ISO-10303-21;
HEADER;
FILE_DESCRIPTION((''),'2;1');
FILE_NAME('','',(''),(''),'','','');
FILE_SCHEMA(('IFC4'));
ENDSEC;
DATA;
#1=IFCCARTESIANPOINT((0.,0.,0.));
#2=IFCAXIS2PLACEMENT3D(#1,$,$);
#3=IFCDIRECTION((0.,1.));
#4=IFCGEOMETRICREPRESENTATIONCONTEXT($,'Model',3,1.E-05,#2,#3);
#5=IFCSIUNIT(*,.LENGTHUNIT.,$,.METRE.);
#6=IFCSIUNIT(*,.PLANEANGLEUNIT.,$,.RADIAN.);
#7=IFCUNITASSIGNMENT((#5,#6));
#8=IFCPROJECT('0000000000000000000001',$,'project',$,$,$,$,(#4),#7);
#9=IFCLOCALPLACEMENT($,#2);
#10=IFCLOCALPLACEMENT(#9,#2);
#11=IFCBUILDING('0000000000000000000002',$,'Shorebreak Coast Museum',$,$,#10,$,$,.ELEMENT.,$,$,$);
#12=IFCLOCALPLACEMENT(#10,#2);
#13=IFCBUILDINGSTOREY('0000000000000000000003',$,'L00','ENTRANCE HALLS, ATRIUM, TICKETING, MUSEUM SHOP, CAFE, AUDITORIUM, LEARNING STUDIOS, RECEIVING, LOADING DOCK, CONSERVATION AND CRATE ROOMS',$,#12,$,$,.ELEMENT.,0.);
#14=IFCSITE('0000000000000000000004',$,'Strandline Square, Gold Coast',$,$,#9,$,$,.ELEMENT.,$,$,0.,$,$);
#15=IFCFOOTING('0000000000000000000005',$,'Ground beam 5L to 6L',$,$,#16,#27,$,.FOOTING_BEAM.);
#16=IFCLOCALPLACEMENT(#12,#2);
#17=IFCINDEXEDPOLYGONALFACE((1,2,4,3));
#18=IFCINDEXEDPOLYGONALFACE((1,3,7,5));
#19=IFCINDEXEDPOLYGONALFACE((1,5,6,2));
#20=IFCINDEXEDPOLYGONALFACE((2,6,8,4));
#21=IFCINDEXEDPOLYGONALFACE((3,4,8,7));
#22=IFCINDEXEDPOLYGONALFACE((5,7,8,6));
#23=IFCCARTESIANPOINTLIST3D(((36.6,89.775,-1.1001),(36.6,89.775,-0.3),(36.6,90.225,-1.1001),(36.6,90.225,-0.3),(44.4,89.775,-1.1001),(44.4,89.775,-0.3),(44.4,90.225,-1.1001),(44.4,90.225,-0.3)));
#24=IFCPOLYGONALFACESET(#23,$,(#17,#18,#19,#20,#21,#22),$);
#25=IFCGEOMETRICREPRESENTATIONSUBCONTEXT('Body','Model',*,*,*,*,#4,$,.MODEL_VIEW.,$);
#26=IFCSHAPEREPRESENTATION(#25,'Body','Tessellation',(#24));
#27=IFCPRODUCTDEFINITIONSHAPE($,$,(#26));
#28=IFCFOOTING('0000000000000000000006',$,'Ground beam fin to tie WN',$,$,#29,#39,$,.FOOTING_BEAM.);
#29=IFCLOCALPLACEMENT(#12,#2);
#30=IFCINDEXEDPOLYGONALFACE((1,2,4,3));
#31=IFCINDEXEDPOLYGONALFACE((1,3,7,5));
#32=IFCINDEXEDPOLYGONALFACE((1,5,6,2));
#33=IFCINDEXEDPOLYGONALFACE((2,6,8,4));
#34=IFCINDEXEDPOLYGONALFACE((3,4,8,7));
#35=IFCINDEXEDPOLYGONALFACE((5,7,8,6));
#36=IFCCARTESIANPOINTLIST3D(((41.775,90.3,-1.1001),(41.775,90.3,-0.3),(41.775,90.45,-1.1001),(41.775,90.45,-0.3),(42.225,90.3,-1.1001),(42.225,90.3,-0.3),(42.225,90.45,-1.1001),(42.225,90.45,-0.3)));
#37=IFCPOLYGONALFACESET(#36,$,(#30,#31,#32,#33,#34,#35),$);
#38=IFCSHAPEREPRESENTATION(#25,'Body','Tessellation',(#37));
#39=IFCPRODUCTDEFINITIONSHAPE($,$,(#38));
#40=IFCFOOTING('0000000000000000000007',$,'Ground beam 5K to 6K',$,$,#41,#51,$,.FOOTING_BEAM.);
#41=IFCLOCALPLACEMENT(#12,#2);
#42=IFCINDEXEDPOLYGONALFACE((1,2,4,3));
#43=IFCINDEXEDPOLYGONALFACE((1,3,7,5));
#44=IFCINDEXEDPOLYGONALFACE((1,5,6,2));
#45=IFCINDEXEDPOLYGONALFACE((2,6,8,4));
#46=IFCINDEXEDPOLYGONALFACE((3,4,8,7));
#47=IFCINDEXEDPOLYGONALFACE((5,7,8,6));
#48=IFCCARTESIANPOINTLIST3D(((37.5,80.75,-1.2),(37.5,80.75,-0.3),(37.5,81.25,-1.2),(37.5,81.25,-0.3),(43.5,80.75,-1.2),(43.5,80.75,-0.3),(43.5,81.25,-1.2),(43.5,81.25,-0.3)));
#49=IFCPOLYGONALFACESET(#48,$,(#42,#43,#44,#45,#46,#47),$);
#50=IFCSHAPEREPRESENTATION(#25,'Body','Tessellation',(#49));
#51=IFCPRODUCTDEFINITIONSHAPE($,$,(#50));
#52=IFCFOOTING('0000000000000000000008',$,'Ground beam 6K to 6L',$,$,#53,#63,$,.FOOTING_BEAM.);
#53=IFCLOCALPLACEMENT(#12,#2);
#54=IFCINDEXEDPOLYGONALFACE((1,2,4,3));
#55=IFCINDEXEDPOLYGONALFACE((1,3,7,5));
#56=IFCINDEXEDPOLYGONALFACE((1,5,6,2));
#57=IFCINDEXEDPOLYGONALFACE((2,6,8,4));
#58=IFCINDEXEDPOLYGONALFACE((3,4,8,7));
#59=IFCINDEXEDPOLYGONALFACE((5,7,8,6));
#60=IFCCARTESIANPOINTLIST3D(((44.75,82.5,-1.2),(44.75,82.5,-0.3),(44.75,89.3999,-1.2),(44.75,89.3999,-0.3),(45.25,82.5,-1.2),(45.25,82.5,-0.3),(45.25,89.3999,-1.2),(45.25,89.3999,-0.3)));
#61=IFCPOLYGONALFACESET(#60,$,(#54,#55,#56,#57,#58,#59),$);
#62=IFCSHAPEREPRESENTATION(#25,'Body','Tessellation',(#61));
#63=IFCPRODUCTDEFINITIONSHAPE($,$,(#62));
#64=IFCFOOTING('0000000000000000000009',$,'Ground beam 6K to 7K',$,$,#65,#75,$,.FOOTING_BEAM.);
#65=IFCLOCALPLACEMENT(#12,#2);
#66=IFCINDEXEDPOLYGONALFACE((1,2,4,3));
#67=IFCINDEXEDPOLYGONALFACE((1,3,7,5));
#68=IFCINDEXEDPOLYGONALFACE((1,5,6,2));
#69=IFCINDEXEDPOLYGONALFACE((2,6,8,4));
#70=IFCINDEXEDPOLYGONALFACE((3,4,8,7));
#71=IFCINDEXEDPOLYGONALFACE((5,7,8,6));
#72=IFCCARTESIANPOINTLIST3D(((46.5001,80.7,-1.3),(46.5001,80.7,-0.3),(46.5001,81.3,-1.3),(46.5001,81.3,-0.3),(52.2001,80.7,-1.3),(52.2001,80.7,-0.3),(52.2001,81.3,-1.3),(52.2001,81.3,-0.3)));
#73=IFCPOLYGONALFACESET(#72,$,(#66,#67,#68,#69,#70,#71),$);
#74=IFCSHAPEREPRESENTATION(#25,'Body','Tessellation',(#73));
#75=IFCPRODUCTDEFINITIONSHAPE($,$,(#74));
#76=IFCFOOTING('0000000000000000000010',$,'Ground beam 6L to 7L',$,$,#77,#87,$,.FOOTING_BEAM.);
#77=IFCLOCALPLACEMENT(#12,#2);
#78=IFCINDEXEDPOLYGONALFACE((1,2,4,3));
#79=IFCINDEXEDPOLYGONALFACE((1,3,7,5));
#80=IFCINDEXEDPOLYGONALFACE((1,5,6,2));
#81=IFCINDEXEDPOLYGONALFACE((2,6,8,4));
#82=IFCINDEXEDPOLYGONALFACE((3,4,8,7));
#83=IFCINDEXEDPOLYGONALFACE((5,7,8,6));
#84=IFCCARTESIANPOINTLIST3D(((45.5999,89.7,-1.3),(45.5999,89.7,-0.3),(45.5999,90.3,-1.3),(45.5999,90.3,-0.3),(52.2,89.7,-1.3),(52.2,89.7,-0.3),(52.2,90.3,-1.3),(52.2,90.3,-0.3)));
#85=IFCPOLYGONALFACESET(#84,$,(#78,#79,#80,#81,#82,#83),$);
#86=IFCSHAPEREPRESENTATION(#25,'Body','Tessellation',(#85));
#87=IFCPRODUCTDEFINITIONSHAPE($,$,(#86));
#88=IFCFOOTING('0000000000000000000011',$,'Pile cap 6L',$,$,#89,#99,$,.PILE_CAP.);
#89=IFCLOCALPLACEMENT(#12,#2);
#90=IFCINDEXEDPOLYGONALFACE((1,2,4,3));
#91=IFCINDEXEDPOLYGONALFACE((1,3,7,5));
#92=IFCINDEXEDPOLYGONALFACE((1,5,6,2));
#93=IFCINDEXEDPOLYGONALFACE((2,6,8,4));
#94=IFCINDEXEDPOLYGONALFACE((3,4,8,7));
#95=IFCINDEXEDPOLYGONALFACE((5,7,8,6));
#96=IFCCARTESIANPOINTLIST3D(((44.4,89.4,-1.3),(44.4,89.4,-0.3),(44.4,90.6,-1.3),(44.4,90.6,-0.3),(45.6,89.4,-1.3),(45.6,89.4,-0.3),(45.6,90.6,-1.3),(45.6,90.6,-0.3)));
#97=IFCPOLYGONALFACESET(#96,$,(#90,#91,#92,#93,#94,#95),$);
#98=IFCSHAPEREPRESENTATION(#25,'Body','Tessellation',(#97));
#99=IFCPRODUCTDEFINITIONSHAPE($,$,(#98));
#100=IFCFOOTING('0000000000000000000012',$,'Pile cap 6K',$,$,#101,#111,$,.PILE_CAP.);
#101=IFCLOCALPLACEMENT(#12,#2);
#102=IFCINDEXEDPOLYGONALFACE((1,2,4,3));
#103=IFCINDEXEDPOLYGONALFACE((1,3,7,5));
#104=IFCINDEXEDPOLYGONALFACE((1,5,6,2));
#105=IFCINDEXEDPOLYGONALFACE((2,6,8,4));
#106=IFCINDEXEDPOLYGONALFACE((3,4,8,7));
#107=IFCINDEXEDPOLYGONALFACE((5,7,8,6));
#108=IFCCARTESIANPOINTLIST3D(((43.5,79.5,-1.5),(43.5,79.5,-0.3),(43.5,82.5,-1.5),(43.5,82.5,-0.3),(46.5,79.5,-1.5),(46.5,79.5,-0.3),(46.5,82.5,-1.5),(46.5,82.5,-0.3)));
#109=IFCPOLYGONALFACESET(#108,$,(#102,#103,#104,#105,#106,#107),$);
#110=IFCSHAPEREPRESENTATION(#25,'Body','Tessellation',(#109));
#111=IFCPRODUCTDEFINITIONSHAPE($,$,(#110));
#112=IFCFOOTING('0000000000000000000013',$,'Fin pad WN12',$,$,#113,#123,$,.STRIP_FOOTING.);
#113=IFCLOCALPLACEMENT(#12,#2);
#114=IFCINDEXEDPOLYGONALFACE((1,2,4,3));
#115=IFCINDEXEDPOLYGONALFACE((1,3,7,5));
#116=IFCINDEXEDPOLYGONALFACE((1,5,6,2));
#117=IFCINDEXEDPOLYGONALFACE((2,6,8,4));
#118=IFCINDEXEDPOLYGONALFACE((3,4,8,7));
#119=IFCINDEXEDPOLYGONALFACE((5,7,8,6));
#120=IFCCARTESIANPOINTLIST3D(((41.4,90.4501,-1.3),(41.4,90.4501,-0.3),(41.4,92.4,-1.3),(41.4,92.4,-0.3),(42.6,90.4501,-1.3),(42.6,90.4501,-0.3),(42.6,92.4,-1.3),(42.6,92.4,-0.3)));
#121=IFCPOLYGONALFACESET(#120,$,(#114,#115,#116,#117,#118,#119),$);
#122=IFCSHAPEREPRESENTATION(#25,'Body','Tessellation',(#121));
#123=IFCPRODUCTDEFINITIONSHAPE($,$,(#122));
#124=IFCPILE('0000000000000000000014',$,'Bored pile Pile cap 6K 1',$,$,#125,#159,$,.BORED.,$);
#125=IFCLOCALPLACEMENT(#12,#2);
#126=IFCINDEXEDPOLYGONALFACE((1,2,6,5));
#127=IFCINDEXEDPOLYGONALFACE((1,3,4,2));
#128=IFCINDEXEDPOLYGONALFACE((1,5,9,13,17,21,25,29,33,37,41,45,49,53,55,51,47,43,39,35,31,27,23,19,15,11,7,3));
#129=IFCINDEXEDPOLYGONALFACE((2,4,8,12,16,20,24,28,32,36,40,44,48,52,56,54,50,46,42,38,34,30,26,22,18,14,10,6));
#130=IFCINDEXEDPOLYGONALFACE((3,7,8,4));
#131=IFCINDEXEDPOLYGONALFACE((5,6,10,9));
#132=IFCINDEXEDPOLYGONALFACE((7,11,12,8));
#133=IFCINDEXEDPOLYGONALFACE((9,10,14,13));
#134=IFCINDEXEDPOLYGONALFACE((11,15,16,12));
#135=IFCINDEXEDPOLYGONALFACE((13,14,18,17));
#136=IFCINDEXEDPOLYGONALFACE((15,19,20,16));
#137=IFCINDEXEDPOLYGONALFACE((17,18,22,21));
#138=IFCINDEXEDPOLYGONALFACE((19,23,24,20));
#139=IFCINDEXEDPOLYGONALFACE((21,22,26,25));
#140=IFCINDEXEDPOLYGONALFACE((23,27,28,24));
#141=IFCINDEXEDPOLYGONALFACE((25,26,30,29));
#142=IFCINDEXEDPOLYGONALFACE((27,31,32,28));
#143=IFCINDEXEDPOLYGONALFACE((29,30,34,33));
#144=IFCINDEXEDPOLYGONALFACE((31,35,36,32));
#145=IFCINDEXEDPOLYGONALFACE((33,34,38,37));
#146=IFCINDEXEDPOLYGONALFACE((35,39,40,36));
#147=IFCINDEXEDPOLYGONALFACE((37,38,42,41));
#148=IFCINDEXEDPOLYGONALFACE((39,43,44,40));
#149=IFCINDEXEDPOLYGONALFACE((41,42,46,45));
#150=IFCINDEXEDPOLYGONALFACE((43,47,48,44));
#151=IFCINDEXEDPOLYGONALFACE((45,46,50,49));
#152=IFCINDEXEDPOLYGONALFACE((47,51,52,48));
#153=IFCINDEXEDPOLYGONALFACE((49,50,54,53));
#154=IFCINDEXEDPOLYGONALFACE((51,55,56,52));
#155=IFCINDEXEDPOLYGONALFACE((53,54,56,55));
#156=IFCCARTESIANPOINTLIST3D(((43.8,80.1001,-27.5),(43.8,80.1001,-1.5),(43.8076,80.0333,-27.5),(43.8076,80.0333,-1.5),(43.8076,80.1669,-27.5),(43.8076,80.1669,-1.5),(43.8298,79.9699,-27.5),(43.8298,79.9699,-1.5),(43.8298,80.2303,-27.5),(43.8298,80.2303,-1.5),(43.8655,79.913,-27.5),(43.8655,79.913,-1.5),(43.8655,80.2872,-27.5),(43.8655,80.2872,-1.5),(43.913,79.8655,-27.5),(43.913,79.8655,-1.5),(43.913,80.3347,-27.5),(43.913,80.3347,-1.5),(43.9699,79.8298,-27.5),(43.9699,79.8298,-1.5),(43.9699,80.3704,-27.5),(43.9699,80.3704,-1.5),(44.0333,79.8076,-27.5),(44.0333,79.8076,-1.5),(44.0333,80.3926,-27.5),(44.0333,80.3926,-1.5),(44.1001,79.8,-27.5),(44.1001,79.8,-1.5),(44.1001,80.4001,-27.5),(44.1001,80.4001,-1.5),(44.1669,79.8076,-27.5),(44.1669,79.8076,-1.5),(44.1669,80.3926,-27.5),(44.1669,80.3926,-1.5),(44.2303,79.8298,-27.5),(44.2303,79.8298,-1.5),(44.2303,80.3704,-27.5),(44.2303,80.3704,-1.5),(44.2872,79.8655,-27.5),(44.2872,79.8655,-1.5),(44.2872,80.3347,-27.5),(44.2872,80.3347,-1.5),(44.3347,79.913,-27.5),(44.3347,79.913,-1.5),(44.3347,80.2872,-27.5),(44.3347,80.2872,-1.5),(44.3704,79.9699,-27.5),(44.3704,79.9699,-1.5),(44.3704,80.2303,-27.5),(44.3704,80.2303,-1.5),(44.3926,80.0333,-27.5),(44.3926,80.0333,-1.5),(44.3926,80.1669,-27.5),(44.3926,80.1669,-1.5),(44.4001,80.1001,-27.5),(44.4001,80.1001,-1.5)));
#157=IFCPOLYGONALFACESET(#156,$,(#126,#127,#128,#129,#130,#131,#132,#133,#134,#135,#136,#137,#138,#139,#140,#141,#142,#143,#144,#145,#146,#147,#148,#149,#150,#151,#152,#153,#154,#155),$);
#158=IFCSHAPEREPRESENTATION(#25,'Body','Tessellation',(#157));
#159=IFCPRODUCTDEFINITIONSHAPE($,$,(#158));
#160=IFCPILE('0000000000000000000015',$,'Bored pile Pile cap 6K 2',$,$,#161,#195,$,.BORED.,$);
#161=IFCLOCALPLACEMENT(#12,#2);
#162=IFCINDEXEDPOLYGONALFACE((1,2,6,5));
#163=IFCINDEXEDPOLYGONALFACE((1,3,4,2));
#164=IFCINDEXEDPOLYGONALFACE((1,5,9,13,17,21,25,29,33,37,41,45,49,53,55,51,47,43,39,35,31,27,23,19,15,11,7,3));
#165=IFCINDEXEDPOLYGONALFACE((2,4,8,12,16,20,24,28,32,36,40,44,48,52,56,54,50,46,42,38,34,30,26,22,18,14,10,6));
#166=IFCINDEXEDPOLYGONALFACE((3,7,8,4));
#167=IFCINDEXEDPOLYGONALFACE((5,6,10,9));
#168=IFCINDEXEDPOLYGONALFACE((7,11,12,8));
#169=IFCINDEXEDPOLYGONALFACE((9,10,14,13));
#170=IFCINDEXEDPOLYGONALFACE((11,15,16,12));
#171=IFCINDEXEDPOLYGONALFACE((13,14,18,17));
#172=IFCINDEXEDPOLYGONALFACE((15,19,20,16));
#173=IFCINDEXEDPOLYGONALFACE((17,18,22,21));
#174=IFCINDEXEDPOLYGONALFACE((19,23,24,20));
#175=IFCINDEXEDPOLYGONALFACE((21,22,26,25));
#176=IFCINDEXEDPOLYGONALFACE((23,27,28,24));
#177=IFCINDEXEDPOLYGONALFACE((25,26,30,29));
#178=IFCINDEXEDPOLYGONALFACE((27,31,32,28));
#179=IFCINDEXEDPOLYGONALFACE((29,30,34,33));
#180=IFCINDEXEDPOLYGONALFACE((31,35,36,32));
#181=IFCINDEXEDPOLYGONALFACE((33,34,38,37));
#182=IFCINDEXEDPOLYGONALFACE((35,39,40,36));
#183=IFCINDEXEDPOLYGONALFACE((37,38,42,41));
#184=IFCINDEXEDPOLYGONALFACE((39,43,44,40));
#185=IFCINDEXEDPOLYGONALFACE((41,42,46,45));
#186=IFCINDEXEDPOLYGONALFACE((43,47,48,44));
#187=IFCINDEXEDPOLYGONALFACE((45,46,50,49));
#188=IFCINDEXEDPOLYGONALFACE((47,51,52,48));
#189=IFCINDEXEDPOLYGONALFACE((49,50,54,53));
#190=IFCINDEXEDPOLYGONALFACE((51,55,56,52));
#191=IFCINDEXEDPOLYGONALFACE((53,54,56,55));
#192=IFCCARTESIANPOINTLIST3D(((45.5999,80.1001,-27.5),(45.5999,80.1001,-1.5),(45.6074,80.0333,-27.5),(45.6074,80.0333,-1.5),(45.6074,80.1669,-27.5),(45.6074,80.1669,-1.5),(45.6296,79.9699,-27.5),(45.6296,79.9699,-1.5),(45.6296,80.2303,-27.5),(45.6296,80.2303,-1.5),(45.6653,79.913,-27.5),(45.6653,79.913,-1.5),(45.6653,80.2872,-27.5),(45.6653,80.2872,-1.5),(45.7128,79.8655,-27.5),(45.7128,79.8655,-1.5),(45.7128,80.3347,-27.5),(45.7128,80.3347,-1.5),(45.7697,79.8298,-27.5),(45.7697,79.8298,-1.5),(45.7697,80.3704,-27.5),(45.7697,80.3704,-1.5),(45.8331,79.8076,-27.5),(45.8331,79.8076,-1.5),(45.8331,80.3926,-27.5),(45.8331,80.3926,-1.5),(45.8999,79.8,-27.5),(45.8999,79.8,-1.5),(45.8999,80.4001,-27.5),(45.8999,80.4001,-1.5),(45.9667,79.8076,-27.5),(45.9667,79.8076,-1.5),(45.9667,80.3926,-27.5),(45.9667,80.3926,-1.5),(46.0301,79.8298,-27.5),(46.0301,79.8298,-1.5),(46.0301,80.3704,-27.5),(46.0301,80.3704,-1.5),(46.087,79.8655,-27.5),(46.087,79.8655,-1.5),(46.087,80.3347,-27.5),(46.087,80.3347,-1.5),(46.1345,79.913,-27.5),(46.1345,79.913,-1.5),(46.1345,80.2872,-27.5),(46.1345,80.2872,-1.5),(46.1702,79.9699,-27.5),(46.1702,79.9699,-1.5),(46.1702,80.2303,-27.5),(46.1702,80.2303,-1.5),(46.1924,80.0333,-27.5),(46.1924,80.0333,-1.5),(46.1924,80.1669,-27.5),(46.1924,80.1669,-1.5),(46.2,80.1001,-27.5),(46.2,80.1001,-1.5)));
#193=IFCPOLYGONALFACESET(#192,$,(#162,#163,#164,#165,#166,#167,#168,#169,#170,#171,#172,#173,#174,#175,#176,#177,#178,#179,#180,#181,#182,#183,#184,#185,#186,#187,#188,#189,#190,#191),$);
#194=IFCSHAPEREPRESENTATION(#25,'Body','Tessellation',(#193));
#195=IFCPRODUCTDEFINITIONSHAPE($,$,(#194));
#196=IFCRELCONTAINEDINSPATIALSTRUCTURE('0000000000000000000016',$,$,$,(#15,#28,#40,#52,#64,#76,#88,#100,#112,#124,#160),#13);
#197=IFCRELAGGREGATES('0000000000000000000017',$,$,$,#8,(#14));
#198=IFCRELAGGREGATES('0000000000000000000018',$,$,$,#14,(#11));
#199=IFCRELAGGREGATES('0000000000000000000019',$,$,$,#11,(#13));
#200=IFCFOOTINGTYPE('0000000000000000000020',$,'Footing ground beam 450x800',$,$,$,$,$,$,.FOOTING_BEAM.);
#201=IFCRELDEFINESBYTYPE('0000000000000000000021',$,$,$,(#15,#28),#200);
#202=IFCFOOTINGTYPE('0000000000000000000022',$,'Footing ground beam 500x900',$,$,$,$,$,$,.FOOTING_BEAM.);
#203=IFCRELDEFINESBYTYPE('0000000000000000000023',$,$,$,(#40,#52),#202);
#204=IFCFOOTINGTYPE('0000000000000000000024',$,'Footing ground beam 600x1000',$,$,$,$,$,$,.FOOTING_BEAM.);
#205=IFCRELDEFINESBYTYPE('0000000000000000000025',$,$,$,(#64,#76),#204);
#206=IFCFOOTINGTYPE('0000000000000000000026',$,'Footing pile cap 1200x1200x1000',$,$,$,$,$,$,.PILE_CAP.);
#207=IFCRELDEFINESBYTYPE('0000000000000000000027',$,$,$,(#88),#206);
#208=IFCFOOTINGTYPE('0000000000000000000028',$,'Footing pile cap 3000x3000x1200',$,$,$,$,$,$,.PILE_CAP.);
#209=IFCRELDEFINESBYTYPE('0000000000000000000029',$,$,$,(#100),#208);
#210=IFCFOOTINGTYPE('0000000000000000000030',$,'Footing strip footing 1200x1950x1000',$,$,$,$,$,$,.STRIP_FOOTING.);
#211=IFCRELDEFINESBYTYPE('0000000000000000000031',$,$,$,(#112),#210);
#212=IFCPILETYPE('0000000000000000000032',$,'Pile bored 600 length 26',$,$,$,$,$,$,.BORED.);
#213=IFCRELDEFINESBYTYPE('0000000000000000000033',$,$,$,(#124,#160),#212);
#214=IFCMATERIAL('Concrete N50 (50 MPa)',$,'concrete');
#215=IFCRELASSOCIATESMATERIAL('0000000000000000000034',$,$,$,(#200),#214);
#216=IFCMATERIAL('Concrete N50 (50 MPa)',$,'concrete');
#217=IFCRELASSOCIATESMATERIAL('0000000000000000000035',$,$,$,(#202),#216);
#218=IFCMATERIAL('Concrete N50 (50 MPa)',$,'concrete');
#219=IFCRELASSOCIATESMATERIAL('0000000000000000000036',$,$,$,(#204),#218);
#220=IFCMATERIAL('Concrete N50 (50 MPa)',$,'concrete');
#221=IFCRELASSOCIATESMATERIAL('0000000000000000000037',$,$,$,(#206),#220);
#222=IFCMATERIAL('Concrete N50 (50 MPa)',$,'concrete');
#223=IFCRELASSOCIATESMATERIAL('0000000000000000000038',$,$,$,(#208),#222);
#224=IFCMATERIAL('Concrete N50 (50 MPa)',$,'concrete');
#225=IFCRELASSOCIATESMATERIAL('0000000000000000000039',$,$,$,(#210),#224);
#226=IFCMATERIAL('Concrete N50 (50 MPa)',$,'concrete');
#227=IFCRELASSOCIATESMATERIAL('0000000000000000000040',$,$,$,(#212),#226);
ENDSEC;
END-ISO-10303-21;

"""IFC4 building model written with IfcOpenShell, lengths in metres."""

from ifc_helpers import new_model, si_unit, direction, frame, origin, origin_2d, place, context, subcontext, project, spatial, rectangle, circle, extrude, material, material_profile, profile_set, type_object, element, save


model = new_model("IFC4")

# Units and contexts
model_context = context("Model", 3, precision=1e-05, world=origin(), true_north=direction((0.0, 1.0)))
body_context = subcontext(model_context, "Body", "Model", "MODEL_VIEW")
ifc_project = project(units=[si_unit("LENGTHUNIT", "METRE"), si_unit("PLANEANGLEUNIT", "RADIAN")], contexts=[model_context])

# Site, building, storey
site_placement = place(None, origin())
site = spatial("IfcSite", under=ifc_project, at=site_placement, Name="Strandline Square, Gold Coast", CompositionType="ELEMENT", RefElevation=0.0)
building_placement = place(site_placement, origin())
building = spatial("IfcBuilding", under=site, at=building_placement, Name="Shorebreak Coast Museum", CompositionType="ELEMENT")
storey_placement = place(building_placement, origin())
storey = spatial("IfcBuildingStorey", under=building, at=storey_placement, Name="L00", Description="ENTRANCE HALLS, ATRIUM, TICKETING, MUSEUM SHOP, CAFE, AUDITORIUM, LEARNING STUDIOS, RECEIVING, LOADING DOCK, CONSERVATION AND CRATE ROOMS", CompositionType="ELEMENT", Elevation=0.0)

# Footings
ifc_material_1 = material(Name="Concrete N50 (50 MPa)", Category="concrete")
footing_type_1 = type_object("IfcFootingType", Name="Footing ground beam 450x800", PredefinedType="FOOTING_BEAM", material=ifc_material_1)
footing_1_placement = place(storey_placement, frame((40.5, 90.0, -1.1001), z_axis=(0.0, 0.0, 1.0), x_axis=(1.0, 0.0, 0.0)))
element("IfcFooting", 1, at=footing_1_placement, inside=storey, type_object=footing_type_1, Name="Ground beam 5L to 6L", PredefinedType="FOOTING_BEAM", context=body_context, shape_type="SweptSolid", body=[
    extrude(rectangle(XDim=7.8, YDim=0.45, at=origin_2d()), origin(), (0.0, 0.0, 1.0), 0.8),
])
footing_2_placement = place(storey_placement, frame((42.0, 90.375, -1.1001), z_axis=(0.0, 0.0, 1.0), x_axis=(1.0, 0.0, 0.0)))
element("IfcFooting", 2, at=footing_2_placement, inside=storey, type_object=footing_type_1, Name="Ground beam fin to tie WN", PredefinedType="FOOTING_BEAM", context=body_context, shape_type="SweptSolid", body=[
    extrude(rectangle(XDim=0.45, YDim=0.1499, at=origin_2d()), origin(), (0.0, 0.0, 1.0), 0.8),
])
ifc_material_2 = material(Name="Concrete N50 (50 MPa)", Category="concrete")
footing_type_2 = type_object("IfcFootingType", Name="Footing ground beam 500x900", PredefinedType="FOOTING_BEAM", material=ifc_material_2)
footing_3_placement = place(storey_placement, frame((40.5, 81.0, -1.2), z_axis=(0.0, 0.0, 1.0), x_axis=(1.0, 0.0, 0.0)))
element("IfcFooting", 3, at=footing_3_placement, inside=storey, type_object=footing_type_2, Name="Ground beam 5K to 6K", PredefinedType="FOOTING_BEAM", context=body_context, shape_type="SweptSolid", body=[
    extrude(rectangle(XDim=6.0, YDim=0.5, at=origin_2d()), origin(), (0.0, 0.0, 1.0), 0.8999),
])
footing_4_placement = place(storey_placement, frame((45.0, 85.95, -1.2), z_axis=(0.0, 0.0, 1.0), x_axis=(1.0, 0.0, 0.0)))
element("IfcFooting", 4, at=footing_4_placement, inside=storey, type_object=footing_type_2, Name="Ground beam 6K to 6L", PredefinedType="FOOTING_BEAM", context=body_context, shape_type="SweptSolid", body=[
    extrude(rectangle(XDim=0.5, YDim=6.8999, at=origin_2d()), origin(), (0.0, 0.0, 1.0), 0.8999),
])
ifc_material_3 = material(Name="Concrete N50 (50 MPa)", Category="concrete")
footing_type_3 = type_object("IfcFootingType", Name="Footing ground beam 600x1000", PredefinedType="FOOTING_BEAM", material=ifc_material_3)
footing_5_placement = place(storey_placement, frame((49.3501, 81.0, -1.3), z_axis=(0.0, 0.0, 1.0), x_axis=(1.0, 0.0, 0.0)))
element("IfcFooting", 5, at=footing_5_placement, inside=storey, type_object=footing_type_3, Name="Ground beam 6K to 7K", PredefinedType="FOOTING_BEAM", context=body_context, shape_type="SweptSolid", body=[
    extrude(rectangle(XDim=5.7, YDim=0.6001, at=origin_2d()), origin(), (0.0, 0.0, 1.0), 1.0),
])
footing_6_placement = place(storey_placement, frame((48.8999, 90.0, -1.3), z_axis=(0.0, 0.0, 1.0), x_axis=(1.0, 0.0, 0.0)))
element("IfcFooting", 6, at=footing_6_placement, inside=storey, type_object=footing_type_3, Name="Ground beam 6L to 7L", PredefinedType="FOOTING_BEAM", context=body_context, shape_type="SweptSolid", body=[
    extrude(rectangle(XDim=6.6001, YDim=0.6001, at=origin_2d()), origin(), (0.0, 0.0, 1.0), 1.0),
])
ifc_material_4 = material(Name="Concrete N50 (50 MPa)", Category="concrete")
footing_type_4 = type_object("IfcFootingType", Name="Footing pile cap 1200x1200x1000", PredefinedType="PILE_CAP", material=ifc_material_4)
footing_7_placement = place(storey_placement, frame((45.0, 90.0, -1.3), z_axis=(0.0, 0.0, 1.0), x_axis=(1.0, 0.0, 0.0)))
element("IfcFooting", 7, at=footing_7_placement, inside=storey, type_object=footing_type_4, Name="Pile cap 6L", PredefinedType="PILE_CAP", context=body_context, shape_type="SweptSolid", body=[
    extrude(rectangle(XDim=1.2, YDim=1.2, at=origin_2d()), origin(), (0.0, 0.0, 1.0), 1.0),
])
ifc_material_5 = material(Name="Concrete N50 (50 MPa)", Category="concrete")
footing_type_5 = type_object("IfcFootingType", Name="Footing pile cap 3000x3000x1200", PredefinedType="PILE_CAP", material=ifc_material_5)
footing_8_placement = place(storey_placement, frame((45.0, 81.0, -1.5), z_axis=(0.0, 0.0, 1.0), x_axis=(1.0, 0.0, 0.0)))
element("IfcFooting", 8, at=footing_8_placement, inside=storey, type_object=footing_type_5, Name="Pile cap 6K", PredefinedType="PILE_CAP", context=body_context, shape_type="SweptSolid", body=[
    extrude(rectangle(XDim=3.0, YDim=3.0, at=origin_2d()), origin(), (0.0, 0.0, 1.0), 1.2),
])
ifc_material_6 = material(Name="Concrete N50 (50 MPa)", Category="concrete")
footing_type_6 = type_object("IfcFootingType", Name="Footing strip footing 1200x1950x1000", PredefinedType="STRIP_FOOTING", material=ifc_material_6)
footing_9_placement = place(storey_placement, frame((42.0, 91.425, -1.3), z_axis=(0.0, 0.0, 1.0), x_axis=(1.0, 0.0, 0.0)))
element("IfcFooting", 9, at=footing_9_placement, inside=storey, type_object=footing_type_6, Name="Fin pad WN12", PredefinedType="STRIP_FOOTING", context=body_context, shape_type="SweptSolid", body=[
    extrude(rectangle(XDim=1.2, YDim=1.95, at=origin_2d()), origin(), (0.0, 0.0, 1.0), 1.0),
])

# Piles
ifc_material_7 = material(Name="Concrete N50 (50 MPa)", Category="concrete")
ifc_material_profile_1 = material_profile(ifc_material_7, circle(Radius=0.3, at=origin_2d()), Name="Pile bored 600 length 26")
ifc_profile_set_1 = profile_set([ifc_material_profile_1], Name="Concrete N50 (50 MPa)")
pile_type_1 = type_object("IfcPileType", Name="Pile bored 600 length 26", PredefinedType="BORED", material=ifc_profile_set_1)
for number, where, z_axis, x_axis, name in (
    (10, (44.1001, 80.1001, -1.5), (0.0, 0.0, -1.0), (1.0, 0.0, 0.0), "Bored pile Pile cap 6K 1"),
    (11, (45.8999, 80.1001, -1.5), (0.0, 0.0, -1.0), (1.0, 0.0, 0.0), "Bored pile Pile cap 6K 2"),
):
    element("IfcPile", number, at=place(storey_placement, frame(where, z_axis=z_axis, x_axis=x_axis)), inside=storey, type_object=pile_type_1, Name=name, PredefinedType="BORED", context=body_context, shape_type="SweptSolid", body=[
        extrude(circle(Radius=0.3, at=origin_2d()), origin(), (0.0, 0.0, 1.0), 26.0),
    ])

save(model, "model.ifc")
